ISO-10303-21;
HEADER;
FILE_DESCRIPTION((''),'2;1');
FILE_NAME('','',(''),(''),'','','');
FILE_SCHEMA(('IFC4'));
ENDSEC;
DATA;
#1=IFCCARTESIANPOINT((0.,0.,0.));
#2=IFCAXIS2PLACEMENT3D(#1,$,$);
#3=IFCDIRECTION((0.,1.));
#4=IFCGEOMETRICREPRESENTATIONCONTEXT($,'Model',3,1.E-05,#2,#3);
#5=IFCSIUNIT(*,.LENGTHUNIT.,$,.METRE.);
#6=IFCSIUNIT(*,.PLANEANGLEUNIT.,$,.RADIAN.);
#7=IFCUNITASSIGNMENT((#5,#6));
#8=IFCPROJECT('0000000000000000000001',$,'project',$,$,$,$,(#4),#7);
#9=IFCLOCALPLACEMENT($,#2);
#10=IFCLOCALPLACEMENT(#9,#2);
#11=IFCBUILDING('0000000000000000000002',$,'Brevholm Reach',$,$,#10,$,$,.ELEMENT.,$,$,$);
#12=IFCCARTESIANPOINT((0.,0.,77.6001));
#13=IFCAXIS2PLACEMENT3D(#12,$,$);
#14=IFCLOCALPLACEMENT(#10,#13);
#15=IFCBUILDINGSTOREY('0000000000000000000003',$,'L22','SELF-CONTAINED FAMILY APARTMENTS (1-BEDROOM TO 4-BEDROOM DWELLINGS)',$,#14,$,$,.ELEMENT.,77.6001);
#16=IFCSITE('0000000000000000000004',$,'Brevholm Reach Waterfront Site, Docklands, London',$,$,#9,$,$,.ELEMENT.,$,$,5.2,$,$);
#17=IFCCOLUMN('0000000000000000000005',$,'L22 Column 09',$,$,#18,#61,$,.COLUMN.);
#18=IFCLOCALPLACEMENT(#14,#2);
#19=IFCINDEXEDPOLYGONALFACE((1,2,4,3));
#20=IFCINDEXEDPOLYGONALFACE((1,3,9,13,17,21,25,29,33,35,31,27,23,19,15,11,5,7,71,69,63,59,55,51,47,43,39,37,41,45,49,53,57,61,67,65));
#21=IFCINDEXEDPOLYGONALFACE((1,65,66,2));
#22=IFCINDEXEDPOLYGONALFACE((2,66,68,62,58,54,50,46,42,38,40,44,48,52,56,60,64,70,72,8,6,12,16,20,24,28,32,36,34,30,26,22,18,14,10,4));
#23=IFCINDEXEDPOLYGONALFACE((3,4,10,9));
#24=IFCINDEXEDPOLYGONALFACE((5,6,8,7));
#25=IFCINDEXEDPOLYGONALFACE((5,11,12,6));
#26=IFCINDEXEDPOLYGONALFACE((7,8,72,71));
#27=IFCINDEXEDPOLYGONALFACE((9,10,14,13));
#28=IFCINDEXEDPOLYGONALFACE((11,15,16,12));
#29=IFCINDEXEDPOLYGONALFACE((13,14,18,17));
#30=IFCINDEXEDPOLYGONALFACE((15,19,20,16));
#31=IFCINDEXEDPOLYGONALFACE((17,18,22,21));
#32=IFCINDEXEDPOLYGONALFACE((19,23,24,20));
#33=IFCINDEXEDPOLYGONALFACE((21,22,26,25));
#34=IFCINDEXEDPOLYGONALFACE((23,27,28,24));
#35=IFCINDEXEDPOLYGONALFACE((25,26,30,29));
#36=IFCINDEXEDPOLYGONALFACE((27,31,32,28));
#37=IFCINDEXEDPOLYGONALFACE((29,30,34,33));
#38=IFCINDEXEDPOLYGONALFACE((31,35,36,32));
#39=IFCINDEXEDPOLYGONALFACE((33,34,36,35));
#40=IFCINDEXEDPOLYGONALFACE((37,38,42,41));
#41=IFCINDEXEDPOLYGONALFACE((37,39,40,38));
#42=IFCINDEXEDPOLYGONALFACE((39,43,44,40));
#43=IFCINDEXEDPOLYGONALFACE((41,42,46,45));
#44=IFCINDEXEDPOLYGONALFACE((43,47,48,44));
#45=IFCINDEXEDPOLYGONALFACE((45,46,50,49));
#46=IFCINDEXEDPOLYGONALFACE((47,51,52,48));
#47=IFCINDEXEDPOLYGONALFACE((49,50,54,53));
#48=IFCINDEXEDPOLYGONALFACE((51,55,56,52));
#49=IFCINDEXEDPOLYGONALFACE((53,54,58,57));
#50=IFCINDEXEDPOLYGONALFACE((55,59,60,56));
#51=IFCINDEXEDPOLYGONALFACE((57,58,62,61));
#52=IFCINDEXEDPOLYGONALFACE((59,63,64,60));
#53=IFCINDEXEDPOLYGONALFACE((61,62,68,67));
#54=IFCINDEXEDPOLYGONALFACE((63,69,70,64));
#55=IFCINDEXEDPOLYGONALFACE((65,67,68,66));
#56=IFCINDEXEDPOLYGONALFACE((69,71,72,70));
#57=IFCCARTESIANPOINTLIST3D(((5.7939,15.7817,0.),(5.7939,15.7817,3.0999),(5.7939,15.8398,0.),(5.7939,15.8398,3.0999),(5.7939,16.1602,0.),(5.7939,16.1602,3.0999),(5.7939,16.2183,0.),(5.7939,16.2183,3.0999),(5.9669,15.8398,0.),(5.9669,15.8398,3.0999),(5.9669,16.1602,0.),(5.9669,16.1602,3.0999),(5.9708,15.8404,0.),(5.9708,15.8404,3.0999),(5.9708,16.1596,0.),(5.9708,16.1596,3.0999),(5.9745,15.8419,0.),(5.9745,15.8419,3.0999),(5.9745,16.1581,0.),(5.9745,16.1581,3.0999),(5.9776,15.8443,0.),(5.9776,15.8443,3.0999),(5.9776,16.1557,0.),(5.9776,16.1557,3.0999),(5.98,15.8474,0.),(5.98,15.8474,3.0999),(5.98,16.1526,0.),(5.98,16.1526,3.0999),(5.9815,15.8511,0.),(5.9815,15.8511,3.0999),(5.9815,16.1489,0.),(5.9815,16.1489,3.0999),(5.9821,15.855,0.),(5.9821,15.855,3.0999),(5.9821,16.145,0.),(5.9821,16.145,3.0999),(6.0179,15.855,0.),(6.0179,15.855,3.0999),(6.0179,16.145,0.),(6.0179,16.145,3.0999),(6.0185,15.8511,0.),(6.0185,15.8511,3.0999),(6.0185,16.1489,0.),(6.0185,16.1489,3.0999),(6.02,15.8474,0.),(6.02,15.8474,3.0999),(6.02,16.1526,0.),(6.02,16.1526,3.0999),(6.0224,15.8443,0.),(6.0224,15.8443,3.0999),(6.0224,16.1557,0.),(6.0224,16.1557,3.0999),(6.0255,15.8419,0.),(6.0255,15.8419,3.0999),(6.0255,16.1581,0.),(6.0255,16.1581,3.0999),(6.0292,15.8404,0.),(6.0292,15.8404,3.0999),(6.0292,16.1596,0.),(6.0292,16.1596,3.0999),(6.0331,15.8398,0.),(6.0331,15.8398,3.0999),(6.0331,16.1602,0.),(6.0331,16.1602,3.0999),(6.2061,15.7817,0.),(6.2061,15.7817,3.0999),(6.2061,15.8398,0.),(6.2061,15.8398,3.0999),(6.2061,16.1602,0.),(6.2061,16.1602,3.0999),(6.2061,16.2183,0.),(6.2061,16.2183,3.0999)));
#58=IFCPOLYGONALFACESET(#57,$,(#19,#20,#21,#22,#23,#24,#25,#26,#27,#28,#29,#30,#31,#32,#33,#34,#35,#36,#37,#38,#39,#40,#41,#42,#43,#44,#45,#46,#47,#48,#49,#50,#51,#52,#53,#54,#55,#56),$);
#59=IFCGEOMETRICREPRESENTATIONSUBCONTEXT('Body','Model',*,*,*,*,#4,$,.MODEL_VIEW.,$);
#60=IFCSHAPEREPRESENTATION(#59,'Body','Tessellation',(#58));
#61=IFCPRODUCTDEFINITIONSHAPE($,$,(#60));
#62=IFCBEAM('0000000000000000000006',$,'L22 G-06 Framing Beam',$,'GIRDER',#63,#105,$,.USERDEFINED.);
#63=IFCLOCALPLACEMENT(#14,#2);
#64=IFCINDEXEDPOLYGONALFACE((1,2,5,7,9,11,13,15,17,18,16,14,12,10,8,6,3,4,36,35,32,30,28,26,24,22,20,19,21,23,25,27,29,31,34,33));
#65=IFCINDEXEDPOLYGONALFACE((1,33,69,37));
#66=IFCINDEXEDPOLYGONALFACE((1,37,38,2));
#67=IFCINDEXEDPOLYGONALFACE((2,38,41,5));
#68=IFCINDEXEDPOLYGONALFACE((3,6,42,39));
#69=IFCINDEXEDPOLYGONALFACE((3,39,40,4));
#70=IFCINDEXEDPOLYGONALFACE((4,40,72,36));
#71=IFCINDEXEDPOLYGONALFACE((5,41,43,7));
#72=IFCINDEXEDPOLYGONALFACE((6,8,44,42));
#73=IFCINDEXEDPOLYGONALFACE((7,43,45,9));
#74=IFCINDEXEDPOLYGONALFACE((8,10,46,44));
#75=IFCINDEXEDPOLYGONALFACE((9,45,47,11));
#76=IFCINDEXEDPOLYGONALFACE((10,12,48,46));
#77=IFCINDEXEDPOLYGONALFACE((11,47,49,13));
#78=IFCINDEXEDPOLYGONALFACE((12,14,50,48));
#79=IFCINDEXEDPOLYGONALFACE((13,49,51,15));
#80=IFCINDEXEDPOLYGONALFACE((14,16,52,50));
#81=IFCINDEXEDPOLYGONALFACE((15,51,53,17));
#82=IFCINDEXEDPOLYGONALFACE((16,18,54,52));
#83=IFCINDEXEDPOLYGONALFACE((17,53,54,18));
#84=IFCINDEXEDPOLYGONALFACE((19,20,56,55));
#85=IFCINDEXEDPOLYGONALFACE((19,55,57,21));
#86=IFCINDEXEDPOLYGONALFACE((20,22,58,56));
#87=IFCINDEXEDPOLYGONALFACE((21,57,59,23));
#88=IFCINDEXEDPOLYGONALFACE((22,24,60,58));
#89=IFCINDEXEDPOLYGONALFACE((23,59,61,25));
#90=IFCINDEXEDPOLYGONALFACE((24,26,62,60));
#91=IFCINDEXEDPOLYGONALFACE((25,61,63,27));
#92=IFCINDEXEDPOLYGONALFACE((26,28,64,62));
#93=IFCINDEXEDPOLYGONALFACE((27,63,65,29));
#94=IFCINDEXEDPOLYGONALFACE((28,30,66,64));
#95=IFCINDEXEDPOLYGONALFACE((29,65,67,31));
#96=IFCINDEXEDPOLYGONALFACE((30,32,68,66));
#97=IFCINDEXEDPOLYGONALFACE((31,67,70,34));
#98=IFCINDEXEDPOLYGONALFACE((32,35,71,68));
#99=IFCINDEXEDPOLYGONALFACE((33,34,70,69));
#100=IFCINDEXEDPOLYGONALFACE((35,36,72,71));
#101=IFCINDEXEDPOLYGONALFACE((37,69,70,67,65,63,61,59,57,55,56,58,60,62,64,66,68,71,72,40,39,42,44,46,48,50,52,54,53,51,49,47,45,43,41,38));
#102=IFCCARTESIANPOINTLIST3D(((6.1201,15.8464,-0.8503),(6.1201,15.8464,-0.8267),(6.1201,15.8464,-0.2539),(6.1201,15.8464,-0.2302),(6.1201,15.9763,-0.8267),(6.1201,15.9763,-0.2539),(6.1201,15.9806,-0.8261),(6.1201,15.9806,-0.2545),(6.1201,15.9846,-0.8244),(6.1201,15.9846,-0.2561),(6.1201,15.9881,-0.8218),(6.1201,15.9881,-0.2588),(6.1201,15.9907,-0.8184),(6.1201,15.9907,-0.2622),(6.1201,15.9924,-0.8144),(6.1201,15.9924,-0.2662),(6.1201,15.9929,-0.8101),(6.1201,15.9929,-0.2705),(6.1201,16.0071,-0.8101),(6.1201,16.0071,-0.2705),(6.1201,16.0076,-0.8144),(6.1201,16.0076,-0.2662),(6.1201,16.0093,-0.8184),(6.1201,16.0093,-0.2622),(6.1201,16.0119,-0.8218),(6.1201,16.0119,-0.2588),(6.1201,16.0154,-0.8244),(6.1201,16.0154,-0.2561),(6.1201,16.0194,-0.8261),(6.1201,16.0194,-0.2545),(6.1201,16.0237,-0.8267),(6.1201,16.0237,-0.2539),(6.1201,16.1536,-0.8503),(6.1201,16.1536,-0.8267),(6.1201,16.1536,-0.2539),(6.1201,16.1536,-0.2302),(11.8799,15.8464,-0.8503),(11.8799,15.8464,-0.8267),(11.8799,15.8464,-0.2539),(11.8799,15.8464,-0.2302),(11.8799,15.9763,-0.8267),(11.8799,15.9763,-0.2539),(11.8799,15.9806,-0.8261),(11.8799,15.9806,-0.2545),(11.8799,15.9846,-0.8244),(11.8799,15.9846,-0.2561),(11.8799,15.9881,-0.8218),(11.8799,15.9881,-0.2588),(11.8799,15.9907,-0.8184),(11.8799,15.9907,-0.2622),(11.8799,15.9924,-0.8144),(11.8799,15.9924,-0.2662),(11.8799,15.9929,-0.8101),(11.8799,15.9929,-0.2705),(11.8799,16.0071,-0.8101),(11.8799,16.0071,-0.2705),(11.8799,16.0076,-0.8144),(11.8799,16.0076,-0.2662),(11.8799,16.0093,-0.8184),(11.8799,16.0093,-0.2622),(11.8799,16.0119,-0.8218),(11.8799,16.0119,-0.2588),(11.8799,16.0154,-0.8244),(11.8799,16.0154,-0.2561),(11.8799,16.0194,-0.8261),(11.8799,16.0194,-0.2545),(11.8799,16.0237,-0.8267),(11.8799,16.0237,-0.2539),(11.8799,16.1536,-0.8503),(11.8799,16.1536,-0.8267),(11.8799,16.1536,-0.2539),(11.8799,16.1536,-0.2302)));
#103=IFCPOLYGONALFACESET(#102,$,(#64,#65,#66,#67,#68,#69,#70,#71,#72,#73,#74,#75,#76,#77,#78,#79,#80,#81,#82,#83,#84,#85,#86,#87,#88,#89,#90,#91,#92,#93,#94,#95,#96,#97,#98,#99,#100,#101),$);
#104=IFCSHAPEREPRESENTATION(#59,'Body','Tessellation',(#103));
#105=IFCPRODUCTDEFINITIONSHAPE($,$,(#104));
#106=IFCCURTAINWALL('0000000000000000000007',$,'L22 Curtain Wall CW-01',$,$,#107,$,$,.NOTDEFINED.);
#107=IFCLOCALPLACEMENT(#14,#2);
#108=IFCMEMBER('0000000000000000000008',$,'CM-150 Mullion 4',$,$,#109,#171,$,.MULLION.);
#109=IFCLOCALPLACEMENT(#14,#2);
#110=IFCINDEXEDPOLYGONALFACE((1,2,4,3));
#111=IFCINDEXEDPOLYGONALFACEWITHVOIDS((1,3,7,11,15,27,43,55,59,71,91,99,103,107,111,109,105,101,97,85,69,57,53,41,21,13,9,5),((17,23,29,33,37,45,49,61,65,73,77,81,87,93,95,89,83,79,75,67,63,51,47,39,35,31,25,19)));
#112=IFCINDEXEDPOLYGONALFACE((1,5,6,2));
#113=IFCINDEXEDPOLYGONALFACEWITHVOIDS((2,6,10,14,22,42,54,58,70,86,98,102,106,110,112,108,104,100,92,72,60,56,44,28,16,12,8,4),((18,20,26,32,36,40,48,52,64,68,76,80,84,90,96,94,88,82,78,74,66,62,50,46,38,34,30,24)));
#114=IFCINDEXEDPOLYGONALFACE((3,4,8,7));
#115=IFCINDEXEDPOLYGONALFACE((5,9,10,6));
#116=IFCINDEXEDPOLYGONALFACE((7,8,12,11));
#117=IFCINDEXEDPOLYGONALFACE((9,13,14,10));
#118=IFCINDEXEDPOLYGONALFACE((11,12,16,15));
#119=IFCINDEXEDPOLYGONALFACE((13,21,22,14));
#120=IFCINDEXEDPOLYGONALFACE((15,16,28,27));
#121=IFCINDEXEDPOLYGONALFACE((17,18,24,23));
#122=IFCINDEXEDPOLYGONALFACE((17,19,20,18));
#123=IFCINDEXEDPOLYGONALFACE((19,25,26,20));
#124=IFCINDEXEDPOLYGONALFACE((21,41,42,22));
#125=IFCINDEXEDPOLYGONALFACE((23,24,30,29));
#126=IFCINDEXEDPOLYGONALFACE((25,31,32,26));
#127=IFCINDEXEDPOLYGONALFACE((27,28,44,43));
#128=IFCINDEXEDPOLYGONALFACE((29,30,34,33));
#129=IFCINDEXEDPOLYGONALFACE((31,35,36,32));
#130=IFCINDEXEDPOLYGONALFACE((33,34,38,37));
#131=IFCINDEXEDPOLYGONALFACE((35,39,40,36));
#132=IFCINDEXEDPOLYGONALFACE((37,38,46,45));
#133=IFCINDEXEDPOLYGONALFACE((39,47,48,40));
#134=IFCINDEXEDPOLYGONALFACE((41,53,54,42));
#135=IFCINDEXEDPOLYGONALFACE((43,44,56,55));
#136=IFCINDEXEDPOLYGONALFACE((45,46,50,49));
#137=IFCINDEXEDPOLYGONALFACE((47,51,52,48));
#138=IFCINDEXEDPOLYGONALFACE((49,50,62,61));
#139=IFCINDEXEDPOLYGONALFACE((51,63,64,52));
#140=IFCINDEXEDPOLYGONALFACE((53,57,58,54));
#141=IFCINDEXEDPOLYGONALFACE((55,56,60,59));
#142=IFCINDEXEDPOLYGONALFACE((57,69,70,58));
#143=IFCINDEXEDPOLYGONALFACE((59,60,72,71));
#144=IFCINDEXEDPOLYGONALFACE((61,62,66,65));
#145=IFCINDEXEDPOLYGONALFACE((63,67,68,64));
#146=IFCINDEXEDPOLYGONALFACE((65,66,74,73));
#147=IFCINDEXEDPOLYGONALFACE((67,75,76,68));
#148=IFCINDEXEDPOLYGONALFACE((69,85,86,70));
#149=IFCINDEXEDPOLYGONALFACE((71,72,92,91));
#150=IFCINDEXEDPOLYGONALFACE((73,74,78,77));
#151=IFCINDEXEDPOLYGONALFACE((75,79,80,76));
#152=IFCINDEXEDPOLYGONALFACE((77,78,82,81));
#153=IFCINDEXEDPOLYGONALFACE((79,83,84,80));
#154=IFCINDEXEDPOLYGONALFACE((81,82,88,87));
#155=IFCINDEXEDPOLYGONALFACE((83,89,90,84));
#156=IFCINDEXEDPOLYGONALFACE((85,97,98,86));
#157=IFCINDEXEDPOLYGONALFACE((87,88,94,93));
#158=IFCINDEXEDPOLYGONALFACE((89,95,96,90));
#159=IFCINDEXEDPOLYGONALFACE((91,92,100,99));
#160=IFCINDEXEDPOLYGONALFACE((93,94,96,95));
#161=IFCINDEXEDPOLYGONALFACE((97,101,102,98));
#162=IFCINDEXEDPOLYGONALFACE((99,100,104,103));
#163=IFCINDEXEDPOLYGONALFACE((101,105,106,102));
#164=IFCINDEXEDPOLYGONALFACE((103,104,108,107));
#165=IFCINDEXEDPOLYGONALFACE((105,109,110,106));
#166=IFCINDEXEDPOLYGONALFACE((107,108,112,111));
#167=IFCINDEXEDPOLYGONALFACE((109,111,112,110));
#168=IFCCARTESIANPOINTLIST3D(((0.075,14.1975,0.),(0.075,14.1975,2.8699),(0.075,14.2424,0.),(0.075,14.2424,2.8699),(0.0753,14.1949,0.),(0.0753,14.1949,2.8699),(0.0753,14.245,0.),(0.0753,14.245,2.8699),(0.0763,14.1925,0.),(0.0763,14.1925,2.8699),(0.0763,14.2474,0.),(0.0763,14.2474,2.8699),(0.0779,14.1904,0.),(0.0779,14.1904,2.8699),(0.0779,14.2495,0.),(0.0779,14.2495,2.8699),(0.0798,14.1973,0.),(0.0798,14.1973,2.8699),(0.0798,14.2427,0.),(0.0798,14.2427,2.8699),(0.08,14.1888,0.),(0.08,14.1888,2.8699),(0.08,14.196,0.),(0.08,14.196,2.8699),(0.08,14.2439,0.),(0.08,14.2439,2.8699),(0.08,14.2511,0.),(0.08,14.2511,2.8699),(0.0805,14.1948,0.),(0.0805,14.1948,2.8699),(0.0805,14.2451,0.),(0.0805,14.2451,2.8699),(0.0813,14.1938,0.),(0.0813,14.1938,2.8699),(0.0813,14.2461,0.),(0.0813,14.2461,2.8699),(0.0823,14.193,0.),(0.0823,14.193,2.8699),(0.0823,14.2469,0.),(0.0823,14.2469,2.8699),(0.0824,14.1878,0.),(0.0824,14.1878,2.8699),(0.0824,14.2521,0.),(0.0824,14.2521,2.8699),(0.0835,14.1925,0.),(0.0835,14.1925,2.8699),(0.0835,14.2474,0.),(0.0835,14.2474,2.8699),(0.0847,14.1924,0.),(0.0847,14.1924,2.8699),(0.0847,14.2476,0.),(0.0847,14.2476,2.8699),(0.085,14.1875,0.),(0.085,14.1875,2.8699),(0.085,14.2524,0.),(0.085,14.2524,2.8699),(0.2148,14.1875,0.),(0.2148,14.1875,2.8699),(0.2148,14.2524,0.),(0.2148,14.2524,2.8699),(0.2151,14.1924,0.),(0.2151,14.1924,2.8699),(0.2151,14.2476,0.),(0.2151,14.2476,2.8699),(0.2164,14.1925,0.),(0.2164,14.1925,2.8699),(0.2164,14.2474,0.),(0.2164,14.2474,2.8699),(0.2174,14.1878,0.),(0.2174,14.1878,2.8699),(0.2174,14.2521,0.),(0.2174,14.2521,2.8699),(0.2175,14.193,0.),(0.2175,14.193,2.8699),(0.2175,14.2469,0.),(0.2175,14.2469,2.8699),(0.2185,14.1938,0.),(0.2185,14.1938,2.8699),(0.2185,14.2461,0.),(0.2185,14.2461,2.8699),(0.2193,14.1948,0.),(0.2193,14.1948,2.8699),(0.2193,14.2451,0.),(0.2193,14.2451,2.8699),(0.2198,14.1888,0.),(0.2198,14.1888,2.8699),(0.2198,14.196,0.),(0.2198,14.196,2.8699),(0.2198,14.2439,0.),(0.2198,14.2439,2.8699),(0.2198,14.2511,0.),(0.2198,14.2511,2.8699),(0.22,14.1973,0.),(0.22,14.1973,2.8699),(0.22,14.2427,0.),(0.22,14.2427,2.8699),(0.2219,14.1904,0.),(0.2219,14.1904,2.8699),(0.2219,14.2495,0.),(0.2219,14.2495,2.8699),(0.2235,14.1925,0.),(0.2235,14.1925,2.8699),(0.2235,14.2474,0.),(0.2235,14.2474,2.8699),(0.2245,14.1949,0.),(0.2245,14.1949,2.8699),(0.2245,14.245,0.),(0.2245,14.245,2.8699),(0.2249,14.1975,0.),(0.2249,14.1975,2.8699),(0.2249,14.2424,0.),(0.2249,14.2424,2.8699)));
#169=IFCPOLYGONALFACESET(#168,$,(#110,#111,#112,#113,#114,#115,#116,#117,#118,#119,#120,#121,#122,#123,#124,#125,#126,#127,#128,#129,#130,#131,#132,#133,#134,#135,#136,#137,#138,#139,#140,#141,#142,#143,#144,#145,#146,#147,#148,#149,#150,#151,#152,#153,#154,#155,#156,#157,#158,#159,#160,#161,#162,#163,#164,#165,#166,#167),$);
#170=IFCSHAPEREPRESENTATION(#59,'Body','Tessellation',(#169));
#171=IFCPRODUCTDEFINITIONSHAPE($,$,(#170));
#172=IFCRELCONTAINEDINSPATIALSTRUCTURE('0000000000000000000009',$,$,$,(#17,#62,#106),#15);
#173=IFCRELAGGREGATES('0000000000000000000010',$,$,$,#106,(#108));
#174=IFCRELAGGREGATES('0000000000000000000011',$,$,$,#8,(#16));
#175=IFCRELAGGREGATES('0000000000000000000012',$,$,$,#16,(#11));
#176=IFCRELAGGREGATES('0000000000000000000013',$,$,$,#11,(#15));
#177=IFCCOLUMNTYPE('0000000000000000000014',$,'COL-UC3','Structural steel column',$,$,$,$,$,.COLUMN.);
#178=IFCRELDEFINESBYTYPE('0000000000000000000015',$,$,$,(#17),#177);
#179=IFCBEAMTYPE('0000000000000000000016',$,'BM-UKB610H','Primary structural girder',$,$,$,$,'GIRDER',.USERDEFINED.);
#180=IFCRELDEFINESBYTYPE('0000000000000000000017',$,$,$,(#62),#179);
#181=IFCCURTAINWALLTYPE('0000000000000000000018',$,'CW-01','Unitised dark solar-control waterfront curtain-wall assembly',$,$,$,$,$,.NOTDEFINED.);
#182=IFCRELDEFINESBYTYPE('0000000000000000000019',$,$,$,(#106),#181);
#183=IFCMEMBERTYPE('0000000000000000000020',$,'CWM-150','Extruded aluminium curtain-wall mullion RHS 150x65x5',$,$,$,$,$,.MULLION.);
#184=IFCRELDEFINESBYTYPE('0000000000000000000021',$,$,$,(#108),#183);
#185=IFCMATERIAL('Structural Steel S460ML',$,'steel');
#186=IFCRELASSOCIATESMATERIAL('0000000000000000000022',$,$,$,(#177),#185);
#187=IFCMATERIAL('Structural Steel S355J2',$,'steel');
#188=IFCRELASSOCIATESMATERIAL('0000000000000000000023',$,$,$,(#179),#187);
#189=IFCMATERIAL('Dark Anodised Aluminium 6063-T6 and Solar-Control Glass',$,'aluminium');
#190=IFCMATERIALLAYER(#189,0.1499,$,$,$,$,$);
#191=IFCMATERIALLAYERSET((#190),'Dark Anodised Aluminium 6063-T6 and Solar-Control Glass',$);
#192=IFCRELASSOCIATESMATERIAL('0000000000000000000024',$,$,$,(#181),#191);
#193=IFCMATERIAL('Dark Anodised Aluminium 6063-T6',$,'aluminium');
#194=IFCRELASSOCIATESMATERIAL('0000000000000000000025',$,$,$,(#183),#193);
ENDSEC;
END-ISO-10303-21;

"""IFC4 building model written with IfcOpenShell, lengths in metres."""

from ifc_helpers import new_model, si_unit, direction, frame, origin, origin_2d, place, context, subcontext, project, spatial, hollow_rectangle, i_section, extrude, material, layer, layer_set, material_profile, profile_set, type_object, element, aggregate, save


model = new_model("IFC4")

# Units and contexts
model_context = context("Model", 3, precision=1e-05, world=origin(), true_north=direction((0.0, 1.0)))
body_context = subcontext(model_context, "Body", "Model", "MODEL_VIEW")
ifc_project = project(units=[si_unit("LENGTHUNIT", "METRE"), si_unit("PLANEANGLEUNIT", "RADIAN")], contexts=[model_context])

# Site, building, storey
site_placement = place(None, origin())
site = spatial("IfcSite", under=ifc_project, at=site_placement, Name="Brevholm Reach Waterfront Site, Docklands, London", CompositionType="ELEMENT", RefElevation=5.2)
building_placement = place(site_placement, origin())
building = spatial("IfcBuilding", under=site, at=building_placement, Name="Brevholm Reach", CompositionType="ELEMENT")
storey_placement = place(building_placement, frame((0.0, 0.0, 77.6001)))
storey = spatial("IfcBuildingStorey", under=building, at=storey_placement, Name="L22", Description="SELF-CONTAINED FAMILY APARTMENTS (1-BEDROOM TO 4-BEDROOM DWELLINGS)", CompositionType="ELEMENT", Elevation=77.6001)

# Column
ifc_material_1 = material(Name="Structural Steel S460ML", Category="steel")
ifc_material_profile_1 = material_profile(ifc_material_1, i_section(OverallWidth=0.4121, OverallDepth=0.4365, WebThickness=0.0359, FlangeThickness=0.0581, FilletRadius=0.0151, at=origin_2d()), Name="UKC 356x406x467")
ifc_profile_set_1 = profile_set([ifc_material_profile_1], Name="Structural Steel S460ML")
column_type = type_object("IfcColumnType", Name="COL-UC3", Description="Structural steel column", PredefinedType="COLUMN", material=ifc_profile_set_1)
column_placement = place(storey_placement, frame((6.0, 16.0, 0.0), z_axis=(0.0, 0.0, 1.0), x_axis=(1.0, 0.0, 0.0)))
element("IfcColumn", 1, at=column_placement, inside=storey, type_object=column_type, Name="L22 Column 09", PredefinedType="COLUMN", context=body_context, shape_type="SweptSolid", body=[
    extrude(i_section(OverallWidth=0.4121, OverallDepth=0.4365, WebThickness=0.0359, FlangeThickness=0.0581, FilletRadius=0.0151, at=origin_2d()), origin(), (0.0, 0.0, 1.0), 3.0999),
])

# Beam
ifc_material_2 = material(Name="Structural Steel S355J2", Category="steel")
ifc_material_profile_2 = material_profile(ifc_material_2, i_section(OverallWidth=0.3071, OverallDepth=0.6201, WebThickness=0.0142, FlangeThickness=0.0237, FilletRadius=0.0166, at=origin_2d()), Name="UKB 610x305x179")
ifc_profile_set_2 = profile_set([ifc_material_profile_2], Name="Structural Steel S355J2")
beam_type = type_object("IfcBeamType", Name="BM-UKB610H", Description="Primary structural girder", ElementType="GIRDER", PredefinedType="USERDEFINED", material=ifc_profile_set_2)
beam_placement = place(storey_placement, frame((6.1201, 16.0, -0.5403), z_axis=(1.0, 0.0, 0.0), x_axis=(0.0, 1.0, 0.0)))
element("IfcBeam", 2, at=beam_placement, inside=storey, type_object=beam_type, Name="L22 G-06 Framing Beam", ObjectType="GIRDER", PredefinedType="USERDEFINED", context=body_context, shape_type="SweptSolid", body=[
    extrude(i_section(OverallWidth=0.3071, OverallDepth=0.6201, WebThickness=0.0142, FlangeThickness=0.0237, FilletRadius=0.0166, at=origin_2d()), origin(), (0.0, 0.0, 1.0), 5.7598),
])

# Curtain wall, member
ifc_material_3 = material(Name="Dark Anodised Aluminium 6063-T6 and Solar-Control Glass", Category="aluminium")
ifc_layer_1 = layer(ifc_material_3, 0.1499)
ifc_layer_set_1 = layer_set([ifc_layer_1], Name="Dark Anodised Aluminium 6063-T6 and Solar-Control Glass")
curtain_wall_type = type_object("IfcCurtainWallType", Name="CW-01", Description="Unitised dark solar-control waterfront curtain-wall assembly", PredefinedType="NOTDEFINED", material=ifc_layer_set_1)
curtain_wall_placement = place(storey_placement, origin())
curtain_wall = element("IfcCurtainWall", 3, at=curtain_wall_placement, inside=storey, type_object=curtain_wall_type, Name="L22 Curtain Wall CW-01", PredefinedType="NOTDEFINED")
ifc_material_4 = material(Name="Dark Anodised Aluminium 6063-T6", Category="aluminium")
ifc_material_profile_3 = material_profile(ifc_material_4, hollow_rectangle(XDim=0.0649, YDim=0.1499, WallThickness=0.0049, InnerFilletRadius=0.0049, OuterFilletRadius=0.01, at=origin_2d()), Name="RHS 150x65x5")
ifc_profile_set_3 = profile_set([ifc_material_profile_3], Name="Dark Anodised Aluminium 6063-T6")
member_type_1 = type_object("IfcMemberType", Name="CWM-150", Description="Extruded aluminium curtain-wall mullion RHS 150x65x5", PredefinedType="MULLION", material=ifc_profile_set_3)
member_1_placement = place(storey_placement, frame((0.1499, 14.22, 0.0), z_axis=(0.0, 0.0, 1.0), x_axis=(0.0, -1.0, 0.0)))
member_1 = element("IfcMember", 4, at=member_1_placement, type_object=member_type_1, Name="CM-150 Mullion 4", PredefinedType="MULLION", context=body_context, shape_type="SweptSolid", body=[
    extrude(hollow_rectangle(XDim=0.0649, YDim=0.1499, WallThickness=0.0049, InnerFilletRadius=0.0049, OuterFilletRadius=0.01, at=origin_2d()), origin(), (0.0, 0.0, 1.0), 2.8699),
])
aggregate(curtain_wall, [member_1])

save(model, "model.ifc")
